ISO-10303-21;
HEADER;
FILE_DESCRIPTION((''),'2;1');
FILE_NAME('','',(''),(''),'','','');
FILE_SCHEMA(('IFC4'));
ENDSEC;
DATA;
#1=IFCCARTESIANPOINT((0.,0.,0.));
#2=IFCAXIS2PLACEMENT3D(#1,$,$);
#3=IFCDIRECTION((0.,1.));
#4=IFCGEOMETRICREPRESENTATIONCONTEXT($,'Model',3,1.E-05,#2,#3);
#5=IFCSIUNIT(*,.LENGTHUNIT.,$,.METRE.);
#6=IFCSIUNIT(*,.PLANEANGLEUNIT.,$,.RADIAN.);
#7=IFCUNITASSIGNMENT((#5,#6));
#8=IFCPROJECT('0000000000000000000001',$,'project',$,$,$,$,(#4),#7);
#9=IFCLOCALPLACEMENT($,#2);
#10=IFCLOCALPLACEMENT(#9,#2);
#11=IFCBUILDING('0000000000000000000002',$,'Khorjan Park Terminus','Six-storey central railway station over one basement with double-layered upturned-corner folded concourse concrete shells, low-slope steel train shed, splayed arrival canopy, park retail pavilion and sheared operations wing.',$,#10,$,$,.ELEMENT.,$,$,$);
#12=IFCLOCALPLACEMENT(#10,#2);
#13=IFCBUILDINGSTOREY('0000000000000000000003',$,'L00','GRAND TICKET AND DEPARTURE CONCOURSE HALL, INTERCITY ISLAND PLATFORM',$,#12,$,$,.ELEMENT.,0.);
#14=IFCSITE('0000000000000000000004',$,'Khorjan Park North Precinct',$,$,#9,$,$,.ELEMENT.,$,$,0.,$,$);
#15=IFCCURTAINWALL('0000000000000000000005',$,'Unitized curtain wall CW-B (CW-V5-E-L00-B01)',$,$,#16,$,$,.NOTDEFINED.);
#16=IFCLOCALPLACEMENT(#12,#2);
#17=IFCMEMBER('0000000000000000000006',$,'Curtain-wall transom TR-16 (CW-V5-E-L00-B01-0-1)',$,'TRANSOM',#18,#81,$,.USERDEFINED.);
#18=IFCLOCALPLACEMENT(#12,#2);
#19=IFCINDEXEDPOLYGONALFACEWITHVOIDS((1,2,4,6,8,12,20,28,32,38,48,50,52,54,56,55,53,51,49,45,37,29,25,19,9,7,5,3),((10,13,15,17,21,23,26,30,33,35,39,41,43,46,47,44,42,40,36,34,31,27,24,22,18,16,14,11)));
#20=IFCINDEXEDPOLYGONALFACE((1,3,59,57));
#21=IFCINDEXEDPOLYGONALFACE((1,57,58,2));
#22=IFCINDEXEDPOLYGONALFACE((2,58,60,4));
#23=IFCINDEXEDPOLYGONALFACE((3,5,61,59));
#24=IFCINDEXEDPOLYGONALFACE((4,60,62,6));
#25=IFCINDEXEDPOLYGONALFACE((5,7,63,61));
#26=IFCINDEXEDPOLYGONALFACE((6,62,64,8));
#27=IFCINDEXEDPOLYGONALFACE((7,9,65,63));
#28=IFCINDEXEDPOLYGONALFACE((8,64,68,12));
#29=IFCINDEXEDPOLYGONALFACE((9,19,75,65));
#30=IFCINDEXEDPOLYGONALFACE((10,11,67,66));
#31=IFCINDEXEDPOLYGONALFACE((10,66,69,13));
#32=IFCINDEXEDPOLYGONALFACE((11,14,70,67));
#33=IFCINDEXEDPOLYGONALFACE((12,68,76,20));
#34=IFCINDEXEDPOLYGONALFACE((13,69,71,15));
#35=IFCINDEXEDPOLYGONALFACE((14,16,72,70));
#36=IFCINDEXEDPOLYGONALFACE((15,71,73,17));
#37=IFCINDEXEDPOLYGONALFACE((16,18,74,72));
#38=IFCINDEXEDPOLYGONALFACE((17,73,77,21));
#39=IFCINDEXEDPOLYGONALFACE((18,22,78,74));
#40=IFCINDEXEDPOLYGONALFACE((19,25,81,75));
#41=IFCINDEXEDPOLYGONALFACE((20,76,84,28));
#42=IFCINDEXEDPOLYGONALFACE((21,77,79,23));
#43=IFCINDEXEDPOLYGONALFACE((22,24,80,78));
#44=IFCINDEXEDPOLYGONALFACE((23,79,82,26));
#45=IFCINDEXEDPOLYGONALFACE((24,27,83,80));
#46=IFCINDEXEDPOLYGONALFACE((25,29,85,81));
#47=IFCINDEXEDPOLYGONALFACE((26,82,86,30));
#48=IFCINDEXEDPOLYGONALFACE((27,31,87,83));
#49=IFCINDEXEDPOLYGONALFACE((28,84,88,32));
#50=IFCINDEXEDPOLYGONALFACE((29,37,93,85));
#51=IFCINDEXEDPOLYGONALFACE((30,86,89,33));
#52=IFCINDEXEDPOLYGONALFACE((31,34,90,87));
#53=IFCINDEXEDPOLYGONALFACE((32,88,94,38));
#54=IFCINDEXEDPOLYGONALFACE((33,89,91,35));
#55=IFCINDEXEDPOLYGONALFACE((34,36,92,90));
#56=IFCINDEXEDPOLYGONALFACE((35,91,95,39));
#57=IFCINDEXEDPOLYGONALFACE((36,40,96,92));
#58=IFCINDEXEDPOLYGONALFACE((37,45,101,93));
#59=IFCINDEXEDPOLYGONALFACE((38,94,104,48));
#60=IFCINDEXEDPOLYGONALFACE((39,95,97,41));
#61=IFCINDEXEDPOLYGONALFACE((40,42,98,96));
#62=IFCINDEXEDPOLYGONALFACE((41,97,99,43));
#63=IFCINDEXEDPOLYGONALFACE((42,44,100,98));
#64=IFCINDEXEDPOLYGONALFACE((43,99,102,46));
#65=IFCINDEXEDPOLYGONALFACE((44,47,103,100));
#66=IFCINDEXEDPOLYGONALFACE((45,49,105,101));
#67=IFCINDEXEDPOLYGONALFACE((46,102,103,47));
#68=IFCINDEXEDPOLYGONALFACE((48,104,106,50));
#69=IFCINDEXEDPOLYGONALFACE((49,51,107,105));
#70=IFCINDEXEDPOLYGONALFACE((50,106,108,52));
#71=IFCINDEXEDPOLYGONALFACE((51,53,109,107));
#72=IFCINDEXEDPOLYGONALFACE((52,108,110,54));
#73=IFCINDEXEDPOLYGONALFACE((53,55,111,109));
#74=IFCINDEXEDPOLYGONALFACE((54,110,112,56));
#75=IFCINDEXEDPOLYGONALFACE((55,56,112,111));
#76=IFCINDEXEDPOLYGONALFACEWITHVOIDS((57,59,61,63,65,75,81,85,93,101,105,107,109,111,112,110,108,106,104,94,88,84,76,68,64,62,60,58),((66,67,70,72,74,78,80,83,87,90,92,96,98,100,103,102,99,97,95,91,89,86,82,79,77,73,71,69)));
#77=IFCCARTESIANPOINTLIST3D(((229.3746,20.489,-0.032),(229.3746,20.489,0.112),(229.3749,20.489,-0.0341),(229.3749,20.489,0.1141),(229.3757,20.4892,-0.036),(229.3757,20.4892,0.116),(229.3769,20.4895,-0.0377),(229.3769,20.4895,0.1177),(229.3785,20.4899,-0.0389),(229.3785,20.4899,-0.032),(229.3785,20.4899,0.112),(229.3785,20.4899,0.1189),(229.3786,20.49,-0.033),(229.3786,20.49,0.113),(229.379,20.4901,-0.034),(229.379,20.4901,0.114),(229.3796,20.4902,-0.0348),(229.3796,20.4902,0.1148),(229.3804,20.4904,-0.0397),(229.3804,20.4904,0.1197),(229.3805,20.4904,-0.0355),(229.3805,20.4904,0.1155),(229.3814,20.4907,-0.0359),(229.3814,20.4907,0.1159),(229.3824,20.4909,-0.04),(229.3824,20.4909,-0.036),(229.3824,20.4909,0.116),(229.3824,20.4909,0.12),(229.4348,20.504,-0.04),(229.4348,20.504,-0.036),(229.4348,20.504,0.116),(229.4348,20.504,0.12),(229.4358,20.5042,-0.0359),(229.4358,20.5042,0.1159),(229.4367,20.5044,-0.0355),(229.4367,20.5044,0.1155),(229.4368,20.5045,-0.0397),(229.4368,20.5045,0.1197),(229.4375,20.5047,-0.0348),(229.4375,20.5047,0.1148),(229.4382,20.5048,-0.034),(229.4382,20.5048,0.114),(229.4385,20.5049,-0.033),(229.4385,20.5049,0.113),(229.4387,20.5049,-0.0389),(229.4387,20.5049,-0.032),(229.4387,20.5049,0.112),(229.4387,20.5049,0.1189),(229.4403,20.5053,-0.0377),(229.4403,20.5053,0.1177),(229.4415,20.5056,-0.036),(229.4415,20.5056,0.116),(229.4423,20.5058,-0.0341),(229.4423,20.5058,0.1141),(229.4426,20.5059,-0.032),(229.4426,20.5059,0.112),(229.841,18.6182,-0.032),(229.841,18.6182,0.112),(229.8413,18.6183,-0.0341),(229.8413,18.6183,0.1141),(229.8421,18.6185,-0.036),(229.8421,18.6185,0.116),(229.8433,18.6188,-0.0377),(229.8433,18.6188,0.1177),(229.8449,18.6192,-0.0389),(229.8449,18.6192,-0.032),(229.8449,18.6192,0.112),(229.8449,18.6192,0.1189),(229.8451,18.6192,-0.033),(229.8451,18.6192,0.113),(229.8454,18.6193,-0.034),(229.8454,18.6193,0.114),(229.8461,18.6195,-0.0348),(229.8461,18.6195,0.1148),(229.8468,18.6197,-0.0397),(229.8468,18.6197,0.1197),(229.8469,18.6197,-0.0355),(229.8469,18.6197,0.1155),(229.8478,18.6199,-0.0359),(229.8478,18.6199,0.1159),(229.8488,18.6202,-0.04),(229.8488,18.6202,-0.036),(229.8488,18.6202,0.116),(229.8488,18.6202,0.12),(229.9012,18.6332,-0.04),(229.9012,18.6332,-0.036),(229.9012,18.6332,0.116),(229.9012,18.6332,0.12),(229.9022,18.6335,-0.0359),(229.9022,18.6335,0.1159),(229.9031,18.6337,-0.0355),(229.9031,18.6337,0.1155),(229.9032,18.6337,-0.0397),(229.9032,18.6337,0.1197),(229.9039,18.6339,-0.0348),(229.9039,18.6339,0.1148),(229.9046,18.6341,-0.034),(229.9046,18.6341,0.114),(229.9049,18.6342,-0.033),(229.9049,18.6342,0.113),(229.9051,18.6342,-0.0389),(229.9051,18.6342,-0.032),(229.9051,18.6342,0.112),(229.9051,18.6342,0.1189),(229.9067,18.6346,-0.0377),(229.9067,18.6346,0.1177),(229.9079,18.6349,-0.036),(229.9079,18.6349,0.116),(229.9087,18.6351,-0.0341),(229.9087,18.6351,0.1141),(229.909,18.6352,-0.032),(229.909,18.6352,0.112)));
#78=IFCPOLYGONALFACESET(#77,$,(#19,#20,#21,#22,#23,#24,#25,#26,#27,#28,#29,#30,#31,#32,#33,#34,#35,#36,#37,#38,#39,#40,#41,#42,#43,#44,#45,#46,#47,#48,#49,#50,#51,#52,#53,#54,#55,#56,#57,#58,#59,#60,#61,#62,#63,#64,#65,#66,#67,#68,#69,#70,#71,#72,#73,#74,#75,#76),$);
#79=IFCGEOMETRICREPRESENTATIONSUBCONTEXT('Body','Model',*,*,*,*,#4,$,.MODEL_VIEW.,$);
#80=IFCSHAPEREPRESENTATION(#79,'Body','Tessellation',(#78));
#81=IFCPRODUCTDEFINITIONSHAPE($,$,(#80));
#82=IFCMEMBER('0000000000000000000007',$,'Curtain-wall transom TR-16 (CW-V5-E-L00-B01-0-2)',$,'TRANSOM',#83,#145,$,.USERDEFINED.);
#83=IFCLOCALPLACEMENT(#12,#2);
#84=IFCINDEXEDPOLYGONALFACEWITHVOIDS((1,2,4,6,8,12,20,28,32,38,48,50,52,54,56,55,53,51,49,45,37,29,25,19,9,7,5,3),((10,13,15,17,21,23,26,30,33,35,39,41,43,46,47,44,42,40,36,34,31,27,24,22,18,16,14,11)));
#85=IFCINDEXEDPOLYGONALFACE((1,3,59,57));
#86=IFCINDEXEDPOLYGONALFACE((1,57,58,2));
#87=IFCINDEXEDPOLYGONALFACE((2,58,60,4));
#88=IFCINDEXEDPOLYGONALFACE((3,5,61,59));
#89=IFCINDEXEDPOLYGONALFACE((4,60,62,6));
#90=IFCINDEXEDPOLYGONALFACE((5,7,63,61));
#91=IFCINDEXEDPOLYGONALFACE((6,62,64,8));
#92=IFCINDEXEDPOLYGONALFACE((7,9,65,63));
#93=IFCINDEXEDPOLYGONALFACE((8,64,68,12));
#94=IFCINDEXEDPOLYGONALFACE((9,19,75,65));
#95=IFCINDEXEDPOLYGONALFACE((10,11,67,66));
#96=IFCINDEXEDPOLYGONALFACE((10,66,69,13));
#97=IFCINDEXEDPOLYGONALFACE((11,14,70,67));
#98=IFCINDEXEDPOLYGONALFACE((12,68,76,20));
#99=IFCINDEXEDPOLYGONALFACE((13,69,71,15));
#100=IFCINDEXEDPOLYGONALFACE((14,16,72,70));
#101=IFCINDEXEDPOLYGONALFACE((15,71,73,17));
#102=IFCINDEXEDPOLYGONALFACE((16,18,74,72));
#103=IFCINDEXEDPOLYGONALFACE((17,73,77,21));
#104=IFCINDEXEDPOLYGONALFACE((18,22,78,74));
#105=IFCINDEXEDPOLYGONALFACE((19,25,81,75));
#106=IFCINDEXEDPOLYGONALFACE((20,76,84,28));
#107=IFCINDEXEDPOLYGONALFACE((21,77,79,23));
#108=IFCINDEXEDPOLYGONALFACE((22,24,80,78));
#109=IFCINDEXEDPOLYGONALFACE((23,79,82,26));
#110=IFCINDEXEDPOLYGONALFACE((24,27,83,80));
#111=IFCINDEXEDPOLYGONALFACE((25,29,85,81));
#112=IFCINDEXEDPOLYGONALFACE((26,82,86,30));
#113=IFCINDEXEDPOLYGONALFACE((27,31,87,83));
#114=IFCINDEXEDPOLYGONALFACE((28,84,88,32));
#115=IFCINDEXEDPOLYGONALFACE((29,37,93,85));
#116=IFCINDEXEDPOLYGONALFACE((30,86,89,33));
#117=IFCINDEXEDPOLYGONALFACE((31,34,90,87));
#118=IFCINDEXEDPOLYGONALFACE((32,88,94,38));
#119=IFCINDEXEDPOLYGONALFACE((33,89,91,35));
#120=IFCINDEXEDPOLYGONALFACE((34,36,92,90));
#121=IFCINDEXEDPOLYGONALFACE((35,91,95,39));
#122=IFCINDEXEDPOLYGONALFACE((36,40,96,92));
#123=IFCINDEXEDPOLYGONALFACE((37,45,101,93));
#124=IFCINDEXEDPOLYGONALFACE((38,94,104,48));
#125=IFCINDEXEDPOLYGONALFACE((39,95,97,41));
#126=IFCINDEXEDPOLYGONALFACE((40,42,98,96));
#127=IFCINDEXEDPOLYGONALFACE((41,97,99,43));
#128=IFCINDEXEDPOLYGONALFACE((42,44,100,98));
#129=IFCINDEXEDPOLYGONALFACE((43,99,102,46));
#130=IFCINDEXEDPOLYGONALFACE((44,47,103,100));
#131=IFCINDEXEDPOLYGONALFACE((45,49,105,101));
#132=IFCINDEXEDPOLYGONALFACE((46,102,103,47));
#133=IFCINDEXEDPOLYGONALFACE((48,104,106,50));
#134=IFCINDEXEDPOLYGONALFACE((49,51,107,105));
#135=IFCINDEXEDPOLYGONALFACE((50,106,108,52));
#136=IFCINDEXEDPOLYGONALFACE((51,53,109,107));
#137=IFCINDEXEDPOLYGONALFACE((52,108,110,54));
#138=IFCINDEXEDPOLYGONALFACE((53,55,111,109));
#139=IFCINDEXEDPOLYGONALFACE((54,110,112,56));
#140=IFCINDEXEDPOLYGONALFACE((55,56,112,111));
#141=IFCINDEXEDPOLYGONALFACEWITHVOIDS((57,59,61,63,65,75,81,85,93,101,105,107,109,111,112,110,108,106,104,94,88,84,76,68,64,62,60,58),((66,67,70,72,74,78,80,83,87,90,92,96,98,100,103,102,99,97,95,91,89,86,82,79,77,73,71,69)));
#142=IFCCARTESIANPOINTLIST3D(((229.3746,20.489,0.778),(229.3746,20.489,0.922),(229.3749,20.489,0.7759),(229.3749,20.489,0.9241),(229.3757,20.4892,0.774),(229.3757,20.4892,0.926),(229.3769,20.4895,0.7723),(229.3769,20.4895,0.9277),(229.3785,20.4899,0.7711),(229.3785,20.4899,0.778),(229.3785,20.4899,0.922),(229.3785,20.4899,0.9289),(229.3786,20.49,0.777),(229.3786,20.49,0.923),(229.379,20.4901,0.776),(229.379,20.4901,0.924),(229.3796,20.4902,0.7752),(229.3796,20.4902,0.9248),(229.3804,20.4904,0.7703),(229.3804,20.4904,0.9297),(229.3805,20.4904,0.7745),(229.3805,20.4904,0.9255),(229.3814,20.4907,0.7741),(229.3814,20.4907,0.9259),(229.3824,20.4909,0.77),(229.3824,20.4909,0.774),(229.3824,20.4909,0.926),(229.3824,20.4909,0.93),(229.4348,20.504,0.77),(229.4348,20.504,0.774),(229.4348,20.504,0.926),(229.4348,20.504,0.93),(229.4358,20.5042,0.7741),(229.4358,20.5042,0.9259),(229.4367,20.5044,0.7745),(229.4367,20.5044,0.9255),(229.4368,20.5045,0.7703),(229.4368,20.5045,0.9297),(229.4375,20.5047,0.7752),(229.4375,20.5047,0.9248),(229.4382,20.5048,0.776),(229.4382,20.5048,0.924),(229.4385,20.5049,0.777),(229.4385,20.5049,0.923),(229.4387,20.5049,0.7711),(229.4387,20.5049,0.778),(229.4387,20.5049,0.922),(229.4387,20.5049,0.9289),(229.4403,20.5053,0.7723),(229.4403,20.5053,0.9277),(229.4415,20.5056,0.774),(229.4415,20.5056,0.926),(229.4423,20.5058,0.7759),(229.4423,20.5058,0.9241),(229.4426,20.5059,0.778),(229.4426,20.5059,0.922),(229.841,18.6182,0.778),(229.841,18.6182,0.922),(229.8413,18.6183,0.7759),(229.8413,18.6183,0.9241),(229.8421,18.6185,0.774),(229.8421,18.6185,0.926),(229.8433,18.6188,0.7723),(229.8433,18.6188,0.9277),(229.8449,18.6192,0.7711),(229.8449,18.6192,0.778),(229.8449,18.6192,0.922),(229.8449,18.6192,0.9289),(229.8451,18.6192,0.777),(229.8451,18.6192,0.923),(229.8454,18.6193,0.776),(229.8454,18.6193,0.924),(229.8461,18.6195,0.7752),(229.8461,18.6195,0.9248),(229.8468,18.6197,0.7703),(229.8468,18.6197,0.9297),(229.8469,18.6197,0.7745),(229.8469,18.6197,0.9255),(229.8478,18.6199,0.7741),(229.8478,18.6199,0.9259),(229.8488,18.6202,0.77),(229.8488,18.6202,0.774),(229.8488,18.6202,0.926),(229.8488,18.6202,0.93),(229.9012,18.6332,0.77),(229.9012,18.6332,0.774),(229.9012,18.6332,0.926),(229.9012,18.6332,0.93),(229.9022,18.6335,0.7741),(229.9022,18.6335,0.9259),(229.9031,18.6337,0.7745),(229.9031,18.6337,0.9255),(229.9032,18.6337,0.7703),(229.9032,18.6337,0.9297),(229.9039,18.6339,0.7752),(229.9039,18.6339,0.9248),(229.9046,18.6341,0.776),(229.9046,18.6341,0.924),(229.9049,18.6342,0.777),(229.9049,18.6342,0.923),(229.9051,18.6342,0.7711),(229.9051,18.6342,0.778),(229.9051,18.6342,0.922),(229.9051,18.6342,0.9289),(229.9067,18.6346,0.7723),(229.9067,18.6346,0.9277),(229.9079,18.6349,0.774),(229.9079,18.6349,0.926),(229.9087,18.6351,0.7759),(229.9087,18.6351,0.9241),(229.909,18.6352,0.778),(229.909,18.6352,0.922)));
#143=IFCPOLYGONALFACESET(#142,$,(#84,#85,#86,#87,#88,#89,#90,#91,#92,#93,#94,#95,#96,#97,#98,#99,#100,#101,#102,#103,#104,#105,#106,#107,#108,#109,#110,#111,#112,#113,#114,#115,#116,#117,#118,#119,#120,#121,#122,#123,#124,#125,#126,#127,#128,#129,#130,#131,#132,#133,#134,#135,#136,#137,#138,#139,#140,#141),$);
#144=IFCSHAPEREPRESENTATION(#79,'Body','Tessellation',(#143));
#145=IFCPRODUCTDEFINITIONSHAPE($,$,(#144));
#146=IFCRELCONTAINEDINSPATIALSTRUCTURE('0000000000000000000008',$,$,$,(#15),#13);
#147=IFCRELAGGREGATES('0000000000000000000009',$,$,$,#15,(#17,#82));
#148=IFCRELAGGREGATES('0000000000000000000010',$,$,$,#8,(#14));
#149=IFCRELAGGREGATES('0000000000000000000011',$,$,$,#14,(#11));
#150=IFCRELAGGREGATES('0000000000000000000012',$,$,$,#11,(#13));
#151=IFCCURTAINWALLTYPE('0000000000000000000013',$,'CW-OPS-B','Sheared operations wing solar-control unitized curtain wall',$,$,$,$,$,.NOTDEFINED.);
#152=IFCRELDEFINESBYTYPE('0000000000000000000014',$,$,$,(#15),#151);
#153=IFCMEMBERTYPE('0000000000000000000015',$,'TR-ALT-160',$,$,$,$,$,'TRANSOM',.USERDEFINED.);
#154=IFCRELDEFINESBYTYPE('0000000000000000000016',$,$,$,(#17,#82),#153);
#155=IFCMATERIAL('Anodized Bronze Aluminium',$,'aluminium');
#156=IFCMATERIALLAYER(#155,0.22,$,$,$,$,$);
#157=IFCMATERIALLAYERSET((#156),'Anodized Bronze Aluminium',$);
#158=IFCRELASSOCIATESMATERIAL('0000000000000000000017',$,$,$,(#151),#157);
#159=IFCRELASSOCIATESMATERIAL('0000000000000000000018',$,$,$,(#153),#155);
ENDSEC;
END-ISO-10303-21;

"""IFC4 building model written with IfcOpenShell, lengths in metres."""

from ifc_helpers import new_model, si_unit, direction, frame, origin, origin_2d, place, context, subcontext, project, spatial, hollow_rectangle, extrude, material, layer, layer_set, material_profile, profile_set, type_object, element, aggregate, save


model = new_model("IFC4")

# Units and contexts
model_context = context("Model", 3, precision=1e-05, world=origin(), true_north=direction((0.0, 1.0)))
body_context = subcontext(model_context, "Body", "Model", "MODEL_VIEW")
ifc_project = project(units=[si_unit("LENGTHUNIT", "METRE"), si_unit("PLANEANGLEUNIT", "RADIAN")], contexts=[model_context])

# Site, building, storey
site_placement = place(None, origin())
site = spatial("IfcSite", under=ifc_project, at=site_placement, Name="Khorjan Park North Precinct", CompositionType="ELEMENT", RefElevation=0.0)
building_placement = place(site_placement, origin())
building = spatial("IfcBuilding", under=site, at=building_placement, Name="Khorjan Park Terminus", Description="Six-storey central railway station over one basement with double-layered upturned-corner folded concourse concrete shells, low-slope steel train shed, splayed arrival canopy, park retail pavilion and sheared operations wing.", CompositionType="ELEMENT")
storey_placement = place(building_placement, origin())
storey = spatial("IfcBuildingStorey", under=building, at=storey_placement, Name="L00", Description="GRAND TICKET AND DEPARTURE CONCOURSE HALL, INTERCITY ISLAND PLATFORM", CompositionType="ELEMENT", Elevation=0.0)

# Curtain wall, members
ifc_material_1 = material(Name="Anodized Bronze Aluminium", Category="aluminium")
ifc_layer_1 = layer(ifc_material_1, 0.22)
ifc_layer_set_1 = layer_set([ifc_layer_1], Name="Anodized Bronze Aluminium")
curtain_wall_type = type_object("IfcCurtainWallType", Name="CW-OPS-B", Description="Sheared operations wing solar-control unitized curtain wall", PredefinedType="NOTDEFINED", material=ifc_layer_set_1)
curtain_wall_placement = place(storey_placement, origin())
curtain_wall = element("IfcCurtainWall", 1, at=curtain_wall_placement, inside=storey, type_object=curtain_wall_type, Name="Unitized curtain wall CW-B (CW-V5-E-L00-B01)", PredefinedType="NOTDEFINED")
ifc_material_profile_1 = material_profile(ifc_material_1, hollow_rectangle(XDim=0.07, YDim=0.16, WallThickness=0.004, InnerFilletRadius=0.004, OuterFilletRadius=0.008, at=origin_2d()), Name="ALT 70x160x4")
ifc_profile_set_1 = profile_set([ifc_material_profile_1], Name="Anodized Bronze Aluminium")
member_type_1 = type_object("IfcMemberType", Name="TR-ALT-160", ElementType="TRANSOM", PredefinedType="USERDEFINED", material=ifc_profile_set_1)
member_1_placement = place(storey_placement, frame((229.875, 18.6267, 0.04), z_axis=(-0.241913, 0.970298, 0.0), x_axis=(-0.970298, -0.241913, 0.0)))
member_1 = element("IfcMember", 2, at=member_1_placement, type_object=member_type_1, Name="Curtain-wall transom TR-16 (CW-V5-E-L00-B01-0-1)", ObjectType="TRANSOM", PredefinedType="USERDEFINED", context=body_context, shape_type="SweptSolid", body=[
    extrude(hollow_rectangle(XDim=0.07, YDim=0.16, WallThickness=0.004, InnerFilletRadius=0.004, OuterFilletRadius=0.008, at=origin_2d()), origin(), (0.0, 0.0, 1.0), 1.928),
])
member_2_placement = place(storey_placement, frame((229.875, 18.6267, 0.85), z_axis=(-0.241913, 0.970298, 0.0), x_axis=(-0.970298, -0.241913, 0.0)))
member_2 = element("IfcMember", 3, at=member_2_placement, type_object=member_type_1, Name="Curtain-wall transom TR-16 (CW-V5-E-L00-B01-0-2)", ObjectType="TRANSOM", PredefinedType="USERDEFINED", context=body_context, shape_type="SweptSolid", body=[
    extrude(hollow_rectangle(XDim=0.07, YDim=0.16, WallThickness=0.004, InnerFilletRadius=0.004, OuterFilletRadius=0.008, at=origin_2d()), origin(), (0.0, 0.0, 1.0), 1.928),
])
aggregate(curtain_wall, [member_1, member_2])

save(model, "model.ifc")
